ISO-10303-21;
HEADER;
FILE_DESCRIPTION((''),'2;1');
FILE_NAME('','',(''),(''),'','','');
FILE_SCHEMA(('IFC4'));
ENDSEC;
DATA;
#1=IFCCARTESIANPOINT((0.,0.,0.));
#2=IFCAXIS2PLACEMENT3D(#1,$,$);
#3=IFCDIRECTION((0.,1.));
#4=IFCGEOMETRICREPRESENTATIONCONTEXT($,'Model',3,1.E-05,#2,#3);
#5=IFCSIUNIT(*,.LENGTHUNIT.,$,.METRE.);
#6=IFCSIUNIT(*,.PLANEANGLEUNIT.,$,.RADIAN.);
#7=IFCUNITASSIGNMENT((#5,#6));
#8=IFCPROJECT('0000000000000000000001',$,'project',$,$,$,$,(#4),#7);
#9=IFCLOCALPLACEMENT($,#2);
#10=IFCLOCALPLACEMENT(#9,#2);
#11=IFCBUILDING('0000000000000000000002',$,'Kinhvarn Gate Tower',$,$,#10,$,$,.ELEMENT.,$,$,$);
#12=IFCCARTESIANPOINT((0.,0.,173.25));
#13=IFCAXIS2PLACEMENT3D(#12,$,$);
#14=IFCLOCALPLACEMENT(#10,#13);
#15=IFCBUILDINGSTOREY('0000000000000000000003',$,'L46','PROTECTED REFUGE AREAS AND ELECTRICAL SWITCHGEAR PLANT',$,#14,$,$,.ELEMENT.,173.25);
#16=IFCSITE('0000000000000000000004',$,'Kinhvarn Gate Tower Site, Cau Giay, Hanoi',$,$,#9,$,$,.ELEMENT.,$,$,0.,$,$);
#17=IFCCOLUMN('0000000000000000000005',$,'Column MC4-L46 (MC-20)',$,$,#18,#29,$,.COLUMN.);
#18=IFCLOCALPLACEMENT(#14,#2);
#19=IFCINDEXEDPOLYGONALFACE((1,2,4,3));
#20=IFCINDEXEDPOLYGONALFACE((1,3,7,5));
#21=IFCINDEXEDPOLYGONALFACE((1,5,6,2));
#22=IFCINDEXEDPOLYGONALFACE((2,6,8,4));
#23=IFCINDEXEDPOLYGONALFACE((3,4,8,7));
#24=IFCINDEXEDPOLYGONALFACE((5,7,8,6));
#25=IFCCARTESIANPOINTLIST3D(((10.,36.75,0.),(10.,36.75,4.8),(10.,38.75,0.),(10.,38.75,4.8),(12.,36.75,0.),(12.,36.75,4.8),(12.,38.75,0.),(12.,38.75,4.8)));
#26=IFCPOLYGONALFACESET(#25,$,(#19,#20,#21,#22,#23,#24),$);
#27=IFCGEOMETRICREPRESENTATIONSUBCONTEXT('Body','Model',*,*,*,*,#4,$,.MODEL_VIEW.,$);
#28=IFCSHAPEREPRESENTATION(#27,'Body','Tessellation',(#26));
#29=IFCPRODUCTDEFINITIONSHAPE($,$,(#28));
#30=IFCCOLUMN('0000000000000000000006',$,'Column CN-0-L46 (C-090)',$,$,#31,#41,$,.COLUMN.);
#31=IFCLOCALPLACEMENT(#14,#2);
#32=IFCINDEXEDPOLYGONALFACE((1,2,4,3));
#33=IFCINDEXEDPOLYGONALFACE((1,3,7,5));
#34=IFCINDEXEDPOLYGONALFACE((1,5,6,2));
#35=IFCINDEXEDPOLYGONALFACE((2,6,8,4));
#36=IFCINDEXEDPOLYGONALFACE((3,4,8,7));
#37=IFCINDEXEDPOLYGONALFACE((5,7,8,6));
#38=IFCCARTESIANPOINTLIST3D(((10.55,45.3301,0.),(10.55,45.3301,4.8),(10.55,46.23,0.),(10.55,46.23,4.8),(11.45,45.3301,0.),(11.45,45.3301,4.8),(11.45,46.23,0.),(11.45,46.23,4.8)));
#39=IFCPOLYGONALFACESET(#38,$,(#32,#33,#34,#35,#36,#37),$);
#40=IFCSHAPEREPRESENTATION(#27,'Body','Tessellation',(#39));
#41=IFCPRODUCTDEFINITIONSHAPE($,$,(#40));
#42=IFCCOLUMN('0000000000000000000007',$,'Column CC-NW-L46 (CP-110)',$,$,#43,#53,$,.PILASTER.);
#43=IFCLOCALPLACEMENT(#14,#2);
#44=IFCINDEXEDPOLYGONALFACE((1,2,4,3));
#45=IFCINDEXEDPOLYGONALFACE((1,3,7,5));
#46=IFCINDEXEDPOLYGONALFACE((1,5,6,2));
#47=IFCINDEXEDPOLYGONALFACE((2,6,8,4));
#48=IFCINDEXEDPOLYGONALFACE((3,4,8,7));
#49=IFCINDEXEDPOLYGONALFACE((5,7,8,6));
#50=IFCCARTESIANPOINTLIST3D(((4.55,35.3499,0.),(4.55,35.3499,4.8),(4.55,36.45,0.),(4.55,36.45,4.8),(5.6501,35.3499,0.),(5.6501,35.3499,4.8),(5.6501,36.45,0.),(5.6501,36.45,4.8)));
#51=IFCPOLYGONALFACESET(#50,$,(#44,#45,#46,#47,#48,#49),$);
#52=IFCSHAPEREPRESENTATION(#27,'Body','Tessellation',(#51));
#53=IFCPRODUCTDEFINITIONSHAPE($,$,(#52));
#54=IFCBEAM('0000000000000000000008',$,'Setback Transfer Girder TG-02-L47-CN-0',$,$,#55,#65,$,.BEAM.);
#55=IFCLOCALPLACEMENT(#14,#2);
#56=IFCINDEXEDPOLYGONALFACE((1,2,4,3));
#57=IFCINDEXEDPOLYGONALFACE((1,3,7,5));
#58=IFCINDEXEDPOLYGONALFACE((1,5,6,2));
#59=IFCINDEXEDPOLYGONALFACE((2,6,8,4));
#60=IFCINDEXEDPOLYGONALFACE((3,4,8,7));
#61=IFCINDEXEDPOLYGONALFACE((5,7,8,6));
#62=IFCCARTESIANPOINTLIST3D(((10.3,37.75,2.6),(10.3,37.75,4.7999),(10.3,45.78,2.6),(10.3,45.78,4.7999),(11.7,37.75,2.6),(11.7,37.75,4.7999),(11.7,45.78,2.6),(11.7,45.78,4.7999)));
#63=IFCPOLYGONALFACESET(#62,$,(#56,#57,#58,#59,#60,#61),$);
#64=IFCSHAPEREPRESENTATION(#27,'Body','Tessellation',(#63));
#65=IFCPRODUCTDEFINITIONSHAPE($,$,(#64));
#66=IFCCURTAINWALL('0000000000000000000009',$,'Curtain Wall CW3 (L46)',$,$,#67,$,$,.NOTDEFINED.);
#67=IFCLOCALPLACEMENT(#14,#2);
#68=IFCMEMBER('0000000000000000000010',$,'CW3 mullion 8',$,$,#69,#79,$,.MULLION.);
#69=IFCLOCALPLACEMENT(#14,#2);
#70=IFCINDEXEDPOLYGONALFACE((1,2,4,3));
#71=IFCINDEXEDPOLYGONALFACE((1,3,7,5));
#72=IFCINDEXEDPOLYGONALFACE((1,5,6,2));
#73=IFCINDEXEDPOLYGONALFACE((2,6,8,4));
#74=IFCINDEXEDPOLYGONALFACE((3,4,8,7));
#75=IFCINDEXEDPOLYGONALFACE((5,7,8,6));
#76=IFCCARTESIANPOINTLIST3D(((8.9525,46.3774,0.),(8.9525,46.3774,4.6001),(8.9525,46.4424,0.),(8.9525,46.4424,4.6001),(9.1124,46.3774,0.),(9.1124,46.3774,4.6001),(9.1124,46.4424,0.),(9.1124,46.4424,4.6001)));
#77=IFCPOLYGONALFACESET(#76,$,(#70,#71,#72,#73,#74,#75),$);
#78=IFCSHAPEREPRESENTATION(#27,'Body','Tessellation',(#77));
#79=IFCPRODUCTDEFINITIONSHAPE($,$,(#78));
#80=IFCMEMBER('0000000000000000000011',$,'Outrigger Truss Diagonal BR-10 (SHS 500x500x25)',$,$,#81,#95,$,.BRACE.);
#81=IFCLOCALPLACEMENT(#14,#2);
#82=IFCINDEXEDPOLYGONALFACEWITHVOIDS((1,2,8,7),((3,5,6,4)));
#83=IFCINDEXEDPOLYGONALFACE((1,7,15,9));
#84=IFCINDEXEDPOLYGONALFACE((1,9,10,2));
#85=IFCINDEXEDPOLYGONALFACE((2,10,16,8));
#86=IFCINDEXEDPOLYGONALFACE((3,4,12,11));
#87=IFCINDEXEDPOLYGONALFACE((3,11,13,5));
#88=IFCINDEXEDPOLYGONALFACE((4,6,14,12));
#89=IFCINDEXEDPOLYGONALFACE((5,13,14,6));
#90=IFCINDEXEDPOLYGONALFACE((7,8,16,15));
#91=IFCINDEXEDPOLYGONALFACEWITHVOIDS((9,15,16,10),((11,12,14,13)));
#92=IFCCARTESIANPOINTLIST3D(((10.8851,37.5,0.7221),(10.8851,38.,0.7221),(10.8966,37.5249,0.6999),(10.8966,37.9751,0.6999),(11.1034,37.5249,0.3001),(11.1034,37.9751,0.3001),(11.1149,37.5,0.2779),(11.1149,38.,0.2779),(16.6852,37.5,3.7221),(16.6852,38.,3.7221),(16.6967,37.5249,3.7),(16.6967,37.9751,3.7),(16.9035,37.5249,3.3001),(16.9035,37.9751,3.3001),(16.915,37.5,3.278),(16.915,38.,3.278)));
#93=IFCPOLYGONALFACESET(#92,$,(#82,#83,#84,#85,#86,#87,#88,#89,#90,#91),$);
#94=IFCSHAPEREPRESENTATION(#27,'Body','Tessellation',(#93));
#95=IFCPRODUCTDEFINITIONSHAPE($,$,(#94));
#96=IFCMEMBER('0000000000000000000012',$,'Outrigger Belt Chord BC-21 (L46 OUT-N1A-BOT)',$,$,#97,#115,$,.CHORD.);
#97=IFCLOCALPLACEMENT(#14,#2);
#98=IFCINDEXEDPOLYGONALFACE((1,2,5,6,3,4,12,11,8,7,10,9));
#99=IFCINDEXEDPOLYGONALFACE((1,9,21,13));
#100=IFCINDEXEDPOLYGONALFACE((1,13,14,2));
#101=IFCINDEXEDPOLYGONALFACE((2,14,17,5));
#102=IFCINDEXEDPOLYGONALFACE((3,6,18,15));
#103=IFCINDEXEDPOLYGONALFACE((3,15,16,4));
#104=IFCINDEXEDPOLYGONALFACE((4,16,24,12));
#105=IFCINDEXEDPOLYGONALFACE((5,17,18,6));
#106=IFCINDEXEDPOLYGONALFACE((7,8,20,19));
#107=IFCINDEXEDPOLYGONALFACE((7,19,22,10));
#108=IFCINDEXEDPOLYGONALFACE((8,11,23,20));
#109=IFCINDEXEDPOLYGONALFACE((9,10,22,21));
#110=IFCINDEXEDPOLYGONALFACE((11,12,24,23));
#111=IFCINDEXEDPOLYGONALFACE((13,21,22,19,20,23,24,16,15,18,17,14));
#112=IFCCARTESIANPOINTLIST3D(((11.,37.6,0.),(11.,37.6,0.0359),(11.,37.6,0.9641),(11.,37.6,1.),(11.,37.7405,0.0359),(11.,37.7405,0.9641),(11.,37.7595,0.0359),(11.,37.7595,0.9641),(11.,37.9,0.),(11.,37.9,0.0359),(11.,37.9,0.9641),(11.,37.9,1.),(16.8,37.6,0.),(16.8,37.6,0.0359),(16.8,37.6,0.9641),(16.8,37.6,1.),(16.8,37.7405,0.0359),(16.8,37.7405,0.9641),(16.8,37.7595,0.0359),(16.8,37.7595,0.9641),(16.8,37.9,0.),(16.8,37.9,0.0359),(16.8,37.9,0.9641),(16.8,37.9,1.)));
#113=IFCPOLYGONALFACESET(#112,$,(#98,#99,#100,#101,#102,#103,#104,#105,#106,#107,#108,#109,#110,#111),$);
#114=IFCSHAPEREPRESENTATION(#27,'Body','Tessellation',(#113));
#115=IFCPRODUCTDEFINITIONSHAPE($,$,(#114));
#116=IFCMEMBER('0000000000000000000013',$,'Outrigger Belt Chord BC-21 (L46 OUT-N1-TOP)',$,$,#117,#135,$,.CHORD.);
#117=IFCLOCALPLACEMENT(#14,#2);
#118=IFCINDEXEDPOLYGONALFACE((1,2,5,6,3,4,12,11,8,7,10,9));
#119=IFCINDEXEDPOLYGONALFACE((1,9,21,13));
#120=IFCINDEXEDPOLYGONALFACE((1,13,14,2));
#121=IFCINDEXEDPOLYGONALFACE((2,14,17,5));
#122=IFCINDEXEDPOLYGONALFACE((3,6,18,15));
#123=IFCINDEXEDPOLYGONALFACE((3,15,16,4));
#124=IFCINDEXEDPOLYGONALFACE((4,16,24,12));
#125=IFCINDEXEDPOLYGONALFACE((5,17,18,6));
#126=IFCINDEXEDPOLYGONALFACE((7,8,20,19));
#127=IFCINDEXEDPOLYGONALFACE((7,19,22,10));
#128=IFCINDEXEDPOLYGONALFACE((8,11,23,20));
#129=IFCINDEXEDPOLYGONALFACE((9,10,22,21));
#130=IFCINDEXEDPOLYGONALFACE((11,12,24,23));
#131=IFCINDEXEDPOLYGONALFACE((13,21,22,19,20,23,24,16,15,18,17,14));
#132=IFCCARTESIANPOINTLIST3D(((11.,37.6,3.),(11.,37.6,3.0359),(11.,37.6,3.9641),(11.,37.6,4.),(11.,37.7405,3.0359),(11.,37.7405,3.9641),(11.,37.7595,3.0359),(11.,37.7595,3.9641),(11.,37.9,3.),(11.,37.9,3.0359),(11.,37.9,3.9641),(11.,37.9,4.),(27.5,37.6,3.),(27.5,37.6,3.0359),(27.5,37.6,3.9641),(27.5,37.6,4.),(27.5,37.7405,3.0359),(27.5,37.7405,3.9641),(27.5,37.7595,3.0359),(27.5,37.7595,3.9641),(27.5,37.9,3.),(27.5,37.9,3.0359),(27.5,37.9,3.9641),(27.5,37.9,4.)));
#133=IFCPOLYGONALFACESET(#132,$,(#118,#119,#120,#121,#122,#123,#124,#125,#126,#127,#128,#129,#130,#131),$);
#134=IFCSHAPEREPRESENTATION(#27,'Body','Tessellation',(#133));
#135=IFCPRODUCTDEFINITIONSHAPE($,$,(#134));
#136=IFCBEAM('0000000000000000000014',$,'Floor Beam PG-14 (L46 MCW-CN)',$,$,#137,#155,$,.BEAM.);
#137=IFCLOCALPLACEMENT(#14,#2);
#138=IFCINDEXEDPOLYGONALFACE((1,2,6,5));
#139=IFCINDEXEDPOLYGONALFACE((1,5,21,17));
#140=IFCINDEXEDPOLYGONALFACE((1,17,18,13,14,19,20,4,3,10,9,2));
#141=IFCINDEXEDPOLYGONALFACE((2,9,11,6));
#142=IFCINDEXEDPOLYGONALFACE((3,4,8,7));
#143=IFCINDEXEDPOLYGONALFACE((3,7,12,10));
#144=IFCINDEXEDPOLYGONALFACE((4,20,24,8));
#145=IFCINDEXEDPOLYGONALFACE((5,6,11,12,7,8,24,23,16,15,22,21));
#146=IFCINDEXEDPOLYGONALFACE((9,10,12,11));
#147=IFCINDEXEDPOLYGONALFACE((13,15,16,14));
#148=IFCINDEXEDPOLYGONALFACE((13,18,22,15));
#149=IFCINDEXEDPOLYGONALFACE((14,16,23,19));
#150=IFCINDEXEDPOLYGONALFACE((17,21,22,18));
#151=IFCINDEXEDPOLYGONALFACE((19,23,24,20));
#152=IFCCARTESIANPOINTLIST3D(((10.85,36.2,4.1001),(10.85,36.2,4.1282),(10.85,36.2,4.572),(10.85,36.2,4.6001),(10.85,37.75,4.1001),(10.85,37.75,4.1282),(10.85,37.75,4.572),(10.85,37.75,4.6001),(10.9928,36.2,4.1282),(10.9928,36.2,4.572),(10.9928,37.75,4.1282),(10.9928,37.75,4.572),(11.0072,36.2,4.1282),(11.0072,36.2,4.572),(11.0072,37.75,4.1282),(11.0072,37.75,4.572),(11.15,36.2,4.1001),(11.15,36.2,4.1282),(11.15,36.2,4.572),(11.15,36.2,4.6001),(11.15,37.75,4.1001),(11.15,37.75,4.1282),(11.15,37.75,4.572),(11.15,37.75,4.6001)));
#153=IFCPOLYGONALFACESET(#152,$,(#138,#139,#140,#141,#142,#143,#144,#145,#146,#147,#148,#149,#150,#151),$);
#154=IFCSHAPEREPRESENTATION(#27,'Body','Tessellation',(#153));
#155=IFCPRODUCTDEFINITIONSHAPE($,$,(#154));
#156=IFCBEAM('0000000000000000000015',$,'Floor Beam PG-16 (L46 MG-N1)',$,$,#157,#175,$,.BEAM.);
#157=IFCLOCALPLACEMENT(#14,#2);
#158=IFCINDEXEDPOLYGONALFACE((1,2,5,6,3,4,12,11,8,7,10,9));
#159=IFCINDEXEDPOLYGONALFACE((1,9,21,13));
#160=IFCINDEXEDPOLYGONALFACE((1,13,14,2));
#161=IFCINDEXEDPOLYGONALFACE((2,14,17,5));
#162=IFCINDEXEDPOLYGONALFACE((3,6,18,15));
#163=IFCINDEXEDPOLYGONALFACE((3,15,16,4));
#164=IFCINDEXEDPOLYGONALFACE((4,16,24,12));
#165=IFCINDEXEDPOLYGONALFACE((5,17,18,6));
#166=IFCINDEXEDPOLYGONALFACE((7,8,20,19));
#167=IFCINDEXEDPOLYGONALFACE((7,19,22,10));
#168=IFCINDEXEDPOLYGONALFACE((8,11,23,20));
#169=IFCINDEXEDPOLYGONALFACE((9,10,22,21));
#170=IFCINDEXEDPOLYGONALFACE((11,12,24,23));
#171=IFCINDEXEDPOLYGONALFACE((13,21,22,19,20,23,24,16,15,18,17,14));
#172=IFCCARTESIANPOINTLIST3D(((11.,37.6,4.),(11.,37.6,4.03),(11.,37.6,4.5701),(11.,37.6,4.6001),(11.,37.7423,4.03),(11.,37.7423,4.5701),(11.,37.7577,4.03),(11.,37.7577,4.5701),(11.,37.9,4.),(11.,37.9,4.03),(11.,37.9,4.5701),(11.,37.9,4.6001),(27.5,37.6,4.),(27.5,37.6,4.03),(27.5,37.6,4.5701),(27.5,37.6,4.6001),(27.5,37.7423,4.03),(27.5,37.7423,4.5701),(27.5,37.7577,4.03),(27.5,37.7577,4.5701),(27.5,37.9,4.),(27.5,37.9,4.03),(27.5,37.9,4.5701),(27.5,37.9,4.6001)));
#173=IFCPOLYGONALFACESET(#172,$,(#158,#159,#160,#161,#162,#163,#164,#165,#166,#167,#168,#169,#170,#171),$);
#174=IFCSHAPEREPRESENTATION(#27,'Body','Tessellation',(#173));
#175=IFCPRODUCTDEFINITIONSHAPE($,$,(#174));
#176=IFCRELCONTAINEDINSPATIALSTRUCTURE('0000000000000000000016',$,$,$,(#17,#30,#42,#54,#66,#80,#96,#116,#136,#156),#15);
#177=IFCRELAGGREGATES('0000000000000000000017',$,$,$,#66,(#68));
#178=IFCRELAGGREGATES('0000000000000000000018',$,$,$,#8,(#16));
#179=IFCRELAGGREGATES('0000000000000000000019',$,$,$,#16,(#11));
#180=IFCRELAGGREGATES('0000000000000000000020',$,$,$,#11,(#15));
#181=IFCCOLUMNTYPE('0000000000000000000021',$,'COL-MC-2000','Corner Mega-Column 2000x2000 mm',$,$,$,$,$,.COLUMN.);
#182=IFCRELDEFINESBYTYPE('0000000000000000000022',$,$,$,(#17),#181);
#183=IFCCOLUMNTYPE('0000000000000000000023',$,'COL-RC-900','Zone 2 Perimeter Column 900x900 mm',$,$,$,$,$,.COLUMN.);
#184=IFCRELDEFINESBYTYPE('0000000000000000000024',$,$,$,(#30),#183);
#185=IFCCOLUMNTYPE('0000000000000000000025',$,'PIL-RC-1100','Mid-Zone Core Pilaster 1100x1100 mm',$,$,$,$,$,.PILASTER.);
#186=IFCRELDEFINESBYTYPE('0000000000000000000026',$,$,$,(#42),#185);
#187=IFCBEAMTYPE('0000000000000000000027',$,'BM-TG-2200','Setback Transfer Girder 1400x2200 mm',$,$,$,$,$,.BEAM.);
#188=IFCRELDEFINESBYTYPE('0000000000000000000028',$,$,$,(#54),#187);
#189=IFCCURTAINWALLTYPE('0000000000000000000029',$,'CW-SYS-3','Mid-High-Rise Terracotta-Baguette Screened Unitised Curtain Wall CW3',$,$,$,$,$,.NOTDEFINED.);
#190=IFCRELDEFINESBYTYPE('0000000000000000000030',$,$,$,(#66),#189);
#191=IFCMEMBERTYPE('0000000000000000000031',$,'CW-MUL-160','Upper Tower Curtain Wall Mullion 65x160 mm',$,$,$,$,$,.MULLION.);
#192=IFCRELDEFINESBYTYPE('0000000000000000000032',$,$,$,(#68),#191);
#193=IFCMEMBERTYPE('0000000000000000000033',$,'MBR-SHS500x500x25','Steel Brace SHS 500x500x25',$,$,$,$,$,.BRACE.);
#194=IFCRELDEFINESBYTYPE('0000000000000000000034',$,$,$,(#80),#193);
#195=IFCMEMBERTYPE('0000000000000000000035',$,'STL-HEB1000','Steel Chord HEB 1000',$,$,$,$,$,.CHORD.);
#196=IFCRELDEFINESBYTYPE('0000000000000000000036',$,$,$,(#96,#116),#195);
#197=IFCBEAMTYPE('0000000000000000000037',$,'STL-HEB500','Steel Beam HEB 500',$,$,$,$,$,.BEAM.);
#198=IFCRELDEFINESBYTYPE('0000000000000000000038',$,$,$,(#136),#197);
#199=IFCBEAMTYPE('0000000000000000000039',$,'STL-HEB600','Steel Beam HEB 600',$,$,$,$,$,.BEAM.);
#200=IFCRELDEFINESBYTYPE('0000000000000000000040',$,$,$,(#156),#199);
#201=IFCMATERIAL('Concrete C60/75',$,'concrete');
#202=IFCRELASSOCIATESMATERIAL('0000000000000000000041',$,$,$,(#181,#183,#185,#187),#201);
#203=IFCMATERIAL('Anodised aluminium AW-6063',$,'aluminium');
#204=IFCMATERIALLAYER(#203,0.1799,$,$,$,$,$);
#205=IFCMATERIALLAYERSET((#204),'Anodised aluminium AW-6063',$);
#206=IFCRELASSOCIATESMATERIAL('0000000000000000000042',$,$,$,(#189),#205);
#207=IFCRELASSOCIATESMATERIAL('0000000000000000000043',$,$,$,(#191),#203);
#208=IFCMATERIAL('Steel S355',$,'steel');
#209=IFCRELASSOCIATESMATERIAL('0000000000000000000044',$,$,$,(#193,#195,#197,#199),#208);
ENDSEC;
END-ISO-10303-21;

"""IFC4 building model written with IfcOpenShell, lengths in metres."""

from ifc_helpers import new_model, si_unit, direction, frame, origin, origin_2d, place, context, subcontext, project, spatial, rectangle, hollow_rectangle, i_section, extrude, material, layer, layer_set, material_profile, profile_set, type_object, element, aggregate, save


model = new_model("IFC4")

# Units and contexts
model_context = context("Model", 3, precision=1e-05, world=origin(), true_north=direction((0.0, 1.0)))
body_context = subcontext(model_context, "Body", "Model", "MODEL_VIEW")
ifc_project = project(units=[si_unit("LENGTHUNIT", "METRE"), si_unit("PLANEANGLEUNIT", "RADIAN")], contexts=[model_context])

# Site, building, storey
site_placement = place(None, origin())
site = spatial("IfcSite", under=ifc_project, at=site_placement, Name="Kinhvarn Gate Tower Site, Cau Giay, Hanoi", CompositionType="ELEMENT", RefElevation=0.0)
building_placement = place(site_placement, origin())
building = spatial("IfcBuilding", under=site, at=building_placement, Name="Kinhvarn Gate Tower", CompositionType="ELEMENT")
storey_placement = place(building_placement, frame((0.0, 0.0, 173.25)))
storey = spatial("IfcBuildingStorey", under=building, at=storey_placement, Name="L46", Description="PROTECTED REFUGE AREAS AND ELECTRICAL SWITCHGEAR PLANT", CompositionType="ELEMENT", Elevation=173.25)

# Columns
ifc_material_1 = material(Name="Concrete C60/75", Category="concrete")
ifc_material_profile_1 = material_profile(ifc_material_1, rectangle(XDim=2.0, YDim=2.0, at=origin_2d()), Name="RC 2000x2000")
ifc_profile_set_1 = profile_set([ifc_material_profile_1], Name="Concrete C60/75")
column_type_1 = type_object("IfcColumnType", Name="COL-MC-2000", Description="Corner Mega-Column 2000x2000 mm", PredefinedType="COLUMN", material=ifc_profile_set_1)
column_1_placement = place(storey_placement, frame((11.0, 37.75, 0.0), z_axis=(0.0, 0.0, 1.0), x_axis=(1.0, 0.0, 0.0)))
element("IfcColumn", 1, at=column_1_placement, inside=storey, type_object=column_type_1, Name="Column MC4-L46 (MC-20)", PredefinedType="COLUMN", context=body_context, shape_type="SweptSolid", body=[
    extrude(rectangle(XDim=2.0, YDim=2.0, at=origin_2d()), origin(), (0.0, 0.0, 1.0), 4.8),
])
ifc_material_profile_2 = material_profile(ifc_material_1, rectangle(XDim=0.8999, YDim=0.8999, at=origin_2d()), Name="RC 900x900")
ifc_profile_set_2 = profile_set([ifc_material_profile_2], Name="Concrete C60/75")
column_type_2 = type_object("IfcColumnType", Name="COL-RC-900", Description="Zone 2 Perimeter Column 900x900 mm", PredefinedType="COLUMN", material=ifc_profile_set_2)
column_2_placement = place(storey_placement, frame((11.0, 45.78, 0.0), z_axis=(0.0, 0.0, 1.0), x_axis=(1.0, 0.0, 0.0)))
element("IfcColumn", 2, at=column_2_placement, inside=storey, type_object=column_type_2, Name="Column CN-0-L46 (C-090)", PredefinedType="COLUMN", context=body_context, shape_type="SweptSolid", body=[
    extrude(rectangle(XDim=0.8999, YDim=0.8999, at=origin_2d()), origin(), (0.0, 0.0, 1.0), 4.8),
])
ifc_material_profile_3 = material_profile(ifc_material_1, rectangle(XDim=1.1001, YDim=1.1001, at=origin_2d()), Name="RC 1100x1100")
ifc_profile_set_3 = profile_set([ifc_material_profile_3], Name="Concrete C60/75")
column_type_3 = type_object("IfcColumnType", Name="PIL-RC-1100", Description="Mid-Zone Core Pilaster 1100x1100 mm", PredefinedType="PILASTER", material=ifc_profile_set_3)
column_3_placement = place(storey_placement, frame((5.1001, 35.8999, 0.0), z_axis=(0.0, 0.0, 1.0), x_axis=(1.0, 0.0, 0.0)))
element("IfcColumn", 3, at=column_3_placement, inside=storey, type_object=column_type_3, Name="Column CC-NW-L46 (CP-110)", PredefinedType="PILASTER", context=body_context, shape_type="SweptSolid", body=[
    extrude(rectangle(XDim=1.1001, YDim=1.1001, at=origin_2d()), origin(), (0.0, 0.0, 1.0), 4.8),
])

# Beam
ifc_material_profile_4 = material_profile(ifc_material_1, rectangle(XDim=1.3999, YDim=2.2, at=origin_2d()), Name="RC 1400x2200")
ifc_profile_set_4 = profile_set([ifc_material_profile_4], Name="Concrete C60/75")
beam_type_1 = type_object("IfcBeamType", Name="BM-TG-2200", Description="Setback Transfer Girder 1400x2200 mm", PredefinedType="BEAM", material=ifc_profile_set_4)
beam_1_placement = place(storey_placement, frame((11.0, 37.75, 3.7), z_axis=(0.0, 1.0, 0.0), x_axis=(-1.0, 0.0, 0.0)))
element("IfcBeam", 4, at=beam_1_placement, inside=storey, type_object=beam_type_1, Name="Setback Transfer Girder TG-02-L47-CN-0", PredefinedType="BEAM", context=body_context, shape_type="SweptSolid", body=[
    extrude(rectangle(XDim=1.3999, YDim=2.2, at=origin_2d()), origin(), (0.0, 0.0, 1.0), 8.03),
])

# Curtain wall, member
ifc_material_2 = material(Name="Anodised aluminium AW-6063", Category="aluminium")
ifc_layer_1 = layer(ifc_material_2, 0.1799)
ifc_layer_set_1 = layer_set([ifc_layer_1], Name="Anodised aluminium AW-6063")
curtain_wall_type = type_object("IfcCurtainWallType", Name="CW-SYS-3", Description="Mid-High-Rise Terracotta-Baguette Screened Unitised Curtain Wall CW3", PredefinedType="NOTDEFINED", material=ifc_layer_set_1)
curtain_wall_placement = place(storey_placement, origin())
curtain_wall = element("IfcCurtainWall", 5, at=curtain_wall_placement, inside=storey, type_object=curtain_wall_type, Name="Curtain Wall CW3 (L46)", PredefinedType="NOTDEFINED")
ifc_material_profile_5 = material_profile(ifc_material_2, rectangle(XDim=0.0649, YDim=0.1599, at=origin_2d()), Name="ALU 65x160")
ifc_profile_set_5 = profile_set([ifc_material_profile_5], Name="Anodised aluminium AW-6063")
member_type_1 = type_object("IfcMemberType", Name="CW-MUL-160", Description="Upper Tower Curtain Wall Mullion 65x160 mm", PredefinedType="MULLION", material=ifc_profile_set_5)
member_1_placement = place(storey_placement, frame((9.0325, 46.4099, 0.0), z_axis=(0.0, 0.0, 1.0), x_axis=(0.0, -1.0, 0.0)))
member_1 = element("IfcMember", 6, at=member_1_placement, type_object=member_type_1, Name="CW3 mullion 8", PredefinedType="MULLION", context=body_context, shape_type="SweptSolid", body=[
    extrude(rectangle(XDim=0.0649, YDim=0.1599, at=origin_2d()), origin(), (0.0, 0.0, 1.0), 4.6001),
])
aggregate(curtain_wall, [member_1])

# Members
ifc_material_3 = material(Name="Steel S355", Category="steel")
ifc_material_profile_6 = material_profile(ifc_material_3, hollow_rectangle(XDim=0.5, YDim=0.5, WallThickness=0.0249, at=origin_2d()), Name="SHS 500x500x25")
ifc_profile_set_6 = profile_set([ifc_material_profile_6], Name="Steel S355")
member_type_2 = type_object("IfcMemberType", Name="MBR-SHS500x500x25", Description="Steel Brace SHS 500x500x25", PredefinedType="BRACE", material=ifc_profile_set_6)
member_2_placement = place(storey_placement, frame((11.0, 37.75, 0.5), z_axis=(0.888219, 0.0, 0.45942), x_axis=(0.0, 1.0, 0.0)))
element("IfcMember", 7, at=member_2_placement, inside=storey, type_object=member_type_2, Name="Outrigger Truss Diagonal BR-10 (SHS 500x500x25)", PredefinedType="BRACE", context=body_context, shape_type="SweptSolid", body=[
    extrude(hollow_rectangle(XDim=0.5, YDim=0.5, WallThickness=0.0249, at=origin_2d()), origin(), (0.0, 0.0, 1.0), 6.53),
])
ifc_material_profile_7 = material_profile(ifc_material_3, i_section(OverallWidth=0.3, OverallDepth=1.0, WebThickness=0.019, FlangeThickness=0.0359, at=origin_2d()), Name="HEB 1000")
ifc_profile_set_7 = profile_set([ifc_material_profile_7], Name="Steel S355")
member_type_3 = type_object("IfcMemberType", Name="STL-HEB1000", Description="Steel Chord HEB 1000", PredefinedType="CHORD", material=ifc_profile_set_7)
member_3_placement = place(storey_placement, frame((11.0, 37.75, 0.5), z_axis=(1.0, 0.0, 0.0), x_axis=(0.0, 1.0, 0.0)))
element("IfcMember", 8, at=member_3_placement, inside=storey, type_object=member_type_3, Name="Outrigger Belt Chord BC-21 (L46 OUT-N1A-BOT)", PredefinedType="CHORD", context=body_context, shape_type="SweptSolid", body=[
    extrude(i_section(OverallWidth=0.3, OverallDepth=1.0, WebThickness=0.019, FlangeThickness=0.0359, at=origin_2d()), origin(), (0.0, 0.0, 1.0), 5.8),
])
member_4_placement = place(storey_placement, frame((11.0, 37.75, 3.5), z_axis=(1.0, 0.0, 0.0), x_axis=(0.0, 1.0, 0.0)))
element("IfcMember", 9, at=member_4_placement, inside=storey, type_object=member_type_3, Name="Outrigger Belt Chord BC-21 (L46 OUT-N1-TOP)", PredefinedType="CHORD", context=body_context, shape_type="SweptSolid", body=[
    extrude(i_section(OverallWidth=0.3, OverallDepth=1.0, WebThickness=0.019, FlangeThickness=0.0359, at=origin_2d()), origin(), (0.0, 0.0, 1.0), 16.5),
])

# Beams
ifc_material_profile_8 = material_profile(ifc_material_3, i_section(OverallWidth=0.3, OverallDepth=0.5, WebThickness=0.0144, FlangeThickness=0.0281, at=origin_2d()), Name="HEB 500")
ifc_profile_set_8 = profile_set([ifc_material_profile_8], Name="Steel S355")
beam_type_2 = type_object("IfcBeamType", Name="STL-HEB500", Description="Steel Beam HEB 500", PredefinedType="BEAM", material=ifc_profile_set_8)
beam_2_placement = place(storey_placement, frame((11.0, 36.2, 4.3501), z_axis=(0.0, 1.0, 0.0), x_axis=(-1.0, 0.0, 0.0)))
element("IfcBeam", 10, at=beam_2_placement, inside=storey, type_object=beam_type_2, Name="Floor Beam PG-14 (L46 MCW-CN)", PredefinedType="BEAM", context=body_context, shape_type="SweptSolid", body=[
    extrude(i_section(OverallWidth=0.3, OverallDepth=0.5, WebThickness=0.0144, FlangeThickness=0.0281, at=origin_2d()), origin(), (0.0, 0.0, 1.0), 1.55),
])
ifc_material_profile_9 = material_profile(ifc_material_3, i_section(OverallWidth=0.3, OverallDepth=0.6001, WebThickness=0.0154, FlangeThickness=0.03, at=origin_2d()), Name="HEB 600")
ifc_profile_set_9 = profile_set([ifc_material_profile_9], Name="Steel S355")
beam_type_3 = type_object("IfcBeamType", Name="STL-HEB600", Description="Steel Beam HEB 600", PredefinedType="BEAM", material=ifc_profile_set_9)
beam_3_placement = place(storey_placement, frame((11.0, 37.75, 4.3), z_axis=(1.0, 0.0, 0.0), x_axis=(0.0, 1.0, 0.0)))
element("IfcBeam", 11, at=beam_3_placement, inside=storey, type_object=beam_type_3, Name="Floor Beam PG-16 (L46 MG-N1)", PredefinedType="BEAM", context=body_context, shape_type="SweptSolid", body=[
    extrude(i_section(OverallWidth=0.3, OverallDepth=0.6001, WebThickness=0.0154, FlangeThickness=0.03, at=origin_2d()), origin(), (0.0, 0.0, 1.0), 16.5),
])

save(model, "model.ifc")
